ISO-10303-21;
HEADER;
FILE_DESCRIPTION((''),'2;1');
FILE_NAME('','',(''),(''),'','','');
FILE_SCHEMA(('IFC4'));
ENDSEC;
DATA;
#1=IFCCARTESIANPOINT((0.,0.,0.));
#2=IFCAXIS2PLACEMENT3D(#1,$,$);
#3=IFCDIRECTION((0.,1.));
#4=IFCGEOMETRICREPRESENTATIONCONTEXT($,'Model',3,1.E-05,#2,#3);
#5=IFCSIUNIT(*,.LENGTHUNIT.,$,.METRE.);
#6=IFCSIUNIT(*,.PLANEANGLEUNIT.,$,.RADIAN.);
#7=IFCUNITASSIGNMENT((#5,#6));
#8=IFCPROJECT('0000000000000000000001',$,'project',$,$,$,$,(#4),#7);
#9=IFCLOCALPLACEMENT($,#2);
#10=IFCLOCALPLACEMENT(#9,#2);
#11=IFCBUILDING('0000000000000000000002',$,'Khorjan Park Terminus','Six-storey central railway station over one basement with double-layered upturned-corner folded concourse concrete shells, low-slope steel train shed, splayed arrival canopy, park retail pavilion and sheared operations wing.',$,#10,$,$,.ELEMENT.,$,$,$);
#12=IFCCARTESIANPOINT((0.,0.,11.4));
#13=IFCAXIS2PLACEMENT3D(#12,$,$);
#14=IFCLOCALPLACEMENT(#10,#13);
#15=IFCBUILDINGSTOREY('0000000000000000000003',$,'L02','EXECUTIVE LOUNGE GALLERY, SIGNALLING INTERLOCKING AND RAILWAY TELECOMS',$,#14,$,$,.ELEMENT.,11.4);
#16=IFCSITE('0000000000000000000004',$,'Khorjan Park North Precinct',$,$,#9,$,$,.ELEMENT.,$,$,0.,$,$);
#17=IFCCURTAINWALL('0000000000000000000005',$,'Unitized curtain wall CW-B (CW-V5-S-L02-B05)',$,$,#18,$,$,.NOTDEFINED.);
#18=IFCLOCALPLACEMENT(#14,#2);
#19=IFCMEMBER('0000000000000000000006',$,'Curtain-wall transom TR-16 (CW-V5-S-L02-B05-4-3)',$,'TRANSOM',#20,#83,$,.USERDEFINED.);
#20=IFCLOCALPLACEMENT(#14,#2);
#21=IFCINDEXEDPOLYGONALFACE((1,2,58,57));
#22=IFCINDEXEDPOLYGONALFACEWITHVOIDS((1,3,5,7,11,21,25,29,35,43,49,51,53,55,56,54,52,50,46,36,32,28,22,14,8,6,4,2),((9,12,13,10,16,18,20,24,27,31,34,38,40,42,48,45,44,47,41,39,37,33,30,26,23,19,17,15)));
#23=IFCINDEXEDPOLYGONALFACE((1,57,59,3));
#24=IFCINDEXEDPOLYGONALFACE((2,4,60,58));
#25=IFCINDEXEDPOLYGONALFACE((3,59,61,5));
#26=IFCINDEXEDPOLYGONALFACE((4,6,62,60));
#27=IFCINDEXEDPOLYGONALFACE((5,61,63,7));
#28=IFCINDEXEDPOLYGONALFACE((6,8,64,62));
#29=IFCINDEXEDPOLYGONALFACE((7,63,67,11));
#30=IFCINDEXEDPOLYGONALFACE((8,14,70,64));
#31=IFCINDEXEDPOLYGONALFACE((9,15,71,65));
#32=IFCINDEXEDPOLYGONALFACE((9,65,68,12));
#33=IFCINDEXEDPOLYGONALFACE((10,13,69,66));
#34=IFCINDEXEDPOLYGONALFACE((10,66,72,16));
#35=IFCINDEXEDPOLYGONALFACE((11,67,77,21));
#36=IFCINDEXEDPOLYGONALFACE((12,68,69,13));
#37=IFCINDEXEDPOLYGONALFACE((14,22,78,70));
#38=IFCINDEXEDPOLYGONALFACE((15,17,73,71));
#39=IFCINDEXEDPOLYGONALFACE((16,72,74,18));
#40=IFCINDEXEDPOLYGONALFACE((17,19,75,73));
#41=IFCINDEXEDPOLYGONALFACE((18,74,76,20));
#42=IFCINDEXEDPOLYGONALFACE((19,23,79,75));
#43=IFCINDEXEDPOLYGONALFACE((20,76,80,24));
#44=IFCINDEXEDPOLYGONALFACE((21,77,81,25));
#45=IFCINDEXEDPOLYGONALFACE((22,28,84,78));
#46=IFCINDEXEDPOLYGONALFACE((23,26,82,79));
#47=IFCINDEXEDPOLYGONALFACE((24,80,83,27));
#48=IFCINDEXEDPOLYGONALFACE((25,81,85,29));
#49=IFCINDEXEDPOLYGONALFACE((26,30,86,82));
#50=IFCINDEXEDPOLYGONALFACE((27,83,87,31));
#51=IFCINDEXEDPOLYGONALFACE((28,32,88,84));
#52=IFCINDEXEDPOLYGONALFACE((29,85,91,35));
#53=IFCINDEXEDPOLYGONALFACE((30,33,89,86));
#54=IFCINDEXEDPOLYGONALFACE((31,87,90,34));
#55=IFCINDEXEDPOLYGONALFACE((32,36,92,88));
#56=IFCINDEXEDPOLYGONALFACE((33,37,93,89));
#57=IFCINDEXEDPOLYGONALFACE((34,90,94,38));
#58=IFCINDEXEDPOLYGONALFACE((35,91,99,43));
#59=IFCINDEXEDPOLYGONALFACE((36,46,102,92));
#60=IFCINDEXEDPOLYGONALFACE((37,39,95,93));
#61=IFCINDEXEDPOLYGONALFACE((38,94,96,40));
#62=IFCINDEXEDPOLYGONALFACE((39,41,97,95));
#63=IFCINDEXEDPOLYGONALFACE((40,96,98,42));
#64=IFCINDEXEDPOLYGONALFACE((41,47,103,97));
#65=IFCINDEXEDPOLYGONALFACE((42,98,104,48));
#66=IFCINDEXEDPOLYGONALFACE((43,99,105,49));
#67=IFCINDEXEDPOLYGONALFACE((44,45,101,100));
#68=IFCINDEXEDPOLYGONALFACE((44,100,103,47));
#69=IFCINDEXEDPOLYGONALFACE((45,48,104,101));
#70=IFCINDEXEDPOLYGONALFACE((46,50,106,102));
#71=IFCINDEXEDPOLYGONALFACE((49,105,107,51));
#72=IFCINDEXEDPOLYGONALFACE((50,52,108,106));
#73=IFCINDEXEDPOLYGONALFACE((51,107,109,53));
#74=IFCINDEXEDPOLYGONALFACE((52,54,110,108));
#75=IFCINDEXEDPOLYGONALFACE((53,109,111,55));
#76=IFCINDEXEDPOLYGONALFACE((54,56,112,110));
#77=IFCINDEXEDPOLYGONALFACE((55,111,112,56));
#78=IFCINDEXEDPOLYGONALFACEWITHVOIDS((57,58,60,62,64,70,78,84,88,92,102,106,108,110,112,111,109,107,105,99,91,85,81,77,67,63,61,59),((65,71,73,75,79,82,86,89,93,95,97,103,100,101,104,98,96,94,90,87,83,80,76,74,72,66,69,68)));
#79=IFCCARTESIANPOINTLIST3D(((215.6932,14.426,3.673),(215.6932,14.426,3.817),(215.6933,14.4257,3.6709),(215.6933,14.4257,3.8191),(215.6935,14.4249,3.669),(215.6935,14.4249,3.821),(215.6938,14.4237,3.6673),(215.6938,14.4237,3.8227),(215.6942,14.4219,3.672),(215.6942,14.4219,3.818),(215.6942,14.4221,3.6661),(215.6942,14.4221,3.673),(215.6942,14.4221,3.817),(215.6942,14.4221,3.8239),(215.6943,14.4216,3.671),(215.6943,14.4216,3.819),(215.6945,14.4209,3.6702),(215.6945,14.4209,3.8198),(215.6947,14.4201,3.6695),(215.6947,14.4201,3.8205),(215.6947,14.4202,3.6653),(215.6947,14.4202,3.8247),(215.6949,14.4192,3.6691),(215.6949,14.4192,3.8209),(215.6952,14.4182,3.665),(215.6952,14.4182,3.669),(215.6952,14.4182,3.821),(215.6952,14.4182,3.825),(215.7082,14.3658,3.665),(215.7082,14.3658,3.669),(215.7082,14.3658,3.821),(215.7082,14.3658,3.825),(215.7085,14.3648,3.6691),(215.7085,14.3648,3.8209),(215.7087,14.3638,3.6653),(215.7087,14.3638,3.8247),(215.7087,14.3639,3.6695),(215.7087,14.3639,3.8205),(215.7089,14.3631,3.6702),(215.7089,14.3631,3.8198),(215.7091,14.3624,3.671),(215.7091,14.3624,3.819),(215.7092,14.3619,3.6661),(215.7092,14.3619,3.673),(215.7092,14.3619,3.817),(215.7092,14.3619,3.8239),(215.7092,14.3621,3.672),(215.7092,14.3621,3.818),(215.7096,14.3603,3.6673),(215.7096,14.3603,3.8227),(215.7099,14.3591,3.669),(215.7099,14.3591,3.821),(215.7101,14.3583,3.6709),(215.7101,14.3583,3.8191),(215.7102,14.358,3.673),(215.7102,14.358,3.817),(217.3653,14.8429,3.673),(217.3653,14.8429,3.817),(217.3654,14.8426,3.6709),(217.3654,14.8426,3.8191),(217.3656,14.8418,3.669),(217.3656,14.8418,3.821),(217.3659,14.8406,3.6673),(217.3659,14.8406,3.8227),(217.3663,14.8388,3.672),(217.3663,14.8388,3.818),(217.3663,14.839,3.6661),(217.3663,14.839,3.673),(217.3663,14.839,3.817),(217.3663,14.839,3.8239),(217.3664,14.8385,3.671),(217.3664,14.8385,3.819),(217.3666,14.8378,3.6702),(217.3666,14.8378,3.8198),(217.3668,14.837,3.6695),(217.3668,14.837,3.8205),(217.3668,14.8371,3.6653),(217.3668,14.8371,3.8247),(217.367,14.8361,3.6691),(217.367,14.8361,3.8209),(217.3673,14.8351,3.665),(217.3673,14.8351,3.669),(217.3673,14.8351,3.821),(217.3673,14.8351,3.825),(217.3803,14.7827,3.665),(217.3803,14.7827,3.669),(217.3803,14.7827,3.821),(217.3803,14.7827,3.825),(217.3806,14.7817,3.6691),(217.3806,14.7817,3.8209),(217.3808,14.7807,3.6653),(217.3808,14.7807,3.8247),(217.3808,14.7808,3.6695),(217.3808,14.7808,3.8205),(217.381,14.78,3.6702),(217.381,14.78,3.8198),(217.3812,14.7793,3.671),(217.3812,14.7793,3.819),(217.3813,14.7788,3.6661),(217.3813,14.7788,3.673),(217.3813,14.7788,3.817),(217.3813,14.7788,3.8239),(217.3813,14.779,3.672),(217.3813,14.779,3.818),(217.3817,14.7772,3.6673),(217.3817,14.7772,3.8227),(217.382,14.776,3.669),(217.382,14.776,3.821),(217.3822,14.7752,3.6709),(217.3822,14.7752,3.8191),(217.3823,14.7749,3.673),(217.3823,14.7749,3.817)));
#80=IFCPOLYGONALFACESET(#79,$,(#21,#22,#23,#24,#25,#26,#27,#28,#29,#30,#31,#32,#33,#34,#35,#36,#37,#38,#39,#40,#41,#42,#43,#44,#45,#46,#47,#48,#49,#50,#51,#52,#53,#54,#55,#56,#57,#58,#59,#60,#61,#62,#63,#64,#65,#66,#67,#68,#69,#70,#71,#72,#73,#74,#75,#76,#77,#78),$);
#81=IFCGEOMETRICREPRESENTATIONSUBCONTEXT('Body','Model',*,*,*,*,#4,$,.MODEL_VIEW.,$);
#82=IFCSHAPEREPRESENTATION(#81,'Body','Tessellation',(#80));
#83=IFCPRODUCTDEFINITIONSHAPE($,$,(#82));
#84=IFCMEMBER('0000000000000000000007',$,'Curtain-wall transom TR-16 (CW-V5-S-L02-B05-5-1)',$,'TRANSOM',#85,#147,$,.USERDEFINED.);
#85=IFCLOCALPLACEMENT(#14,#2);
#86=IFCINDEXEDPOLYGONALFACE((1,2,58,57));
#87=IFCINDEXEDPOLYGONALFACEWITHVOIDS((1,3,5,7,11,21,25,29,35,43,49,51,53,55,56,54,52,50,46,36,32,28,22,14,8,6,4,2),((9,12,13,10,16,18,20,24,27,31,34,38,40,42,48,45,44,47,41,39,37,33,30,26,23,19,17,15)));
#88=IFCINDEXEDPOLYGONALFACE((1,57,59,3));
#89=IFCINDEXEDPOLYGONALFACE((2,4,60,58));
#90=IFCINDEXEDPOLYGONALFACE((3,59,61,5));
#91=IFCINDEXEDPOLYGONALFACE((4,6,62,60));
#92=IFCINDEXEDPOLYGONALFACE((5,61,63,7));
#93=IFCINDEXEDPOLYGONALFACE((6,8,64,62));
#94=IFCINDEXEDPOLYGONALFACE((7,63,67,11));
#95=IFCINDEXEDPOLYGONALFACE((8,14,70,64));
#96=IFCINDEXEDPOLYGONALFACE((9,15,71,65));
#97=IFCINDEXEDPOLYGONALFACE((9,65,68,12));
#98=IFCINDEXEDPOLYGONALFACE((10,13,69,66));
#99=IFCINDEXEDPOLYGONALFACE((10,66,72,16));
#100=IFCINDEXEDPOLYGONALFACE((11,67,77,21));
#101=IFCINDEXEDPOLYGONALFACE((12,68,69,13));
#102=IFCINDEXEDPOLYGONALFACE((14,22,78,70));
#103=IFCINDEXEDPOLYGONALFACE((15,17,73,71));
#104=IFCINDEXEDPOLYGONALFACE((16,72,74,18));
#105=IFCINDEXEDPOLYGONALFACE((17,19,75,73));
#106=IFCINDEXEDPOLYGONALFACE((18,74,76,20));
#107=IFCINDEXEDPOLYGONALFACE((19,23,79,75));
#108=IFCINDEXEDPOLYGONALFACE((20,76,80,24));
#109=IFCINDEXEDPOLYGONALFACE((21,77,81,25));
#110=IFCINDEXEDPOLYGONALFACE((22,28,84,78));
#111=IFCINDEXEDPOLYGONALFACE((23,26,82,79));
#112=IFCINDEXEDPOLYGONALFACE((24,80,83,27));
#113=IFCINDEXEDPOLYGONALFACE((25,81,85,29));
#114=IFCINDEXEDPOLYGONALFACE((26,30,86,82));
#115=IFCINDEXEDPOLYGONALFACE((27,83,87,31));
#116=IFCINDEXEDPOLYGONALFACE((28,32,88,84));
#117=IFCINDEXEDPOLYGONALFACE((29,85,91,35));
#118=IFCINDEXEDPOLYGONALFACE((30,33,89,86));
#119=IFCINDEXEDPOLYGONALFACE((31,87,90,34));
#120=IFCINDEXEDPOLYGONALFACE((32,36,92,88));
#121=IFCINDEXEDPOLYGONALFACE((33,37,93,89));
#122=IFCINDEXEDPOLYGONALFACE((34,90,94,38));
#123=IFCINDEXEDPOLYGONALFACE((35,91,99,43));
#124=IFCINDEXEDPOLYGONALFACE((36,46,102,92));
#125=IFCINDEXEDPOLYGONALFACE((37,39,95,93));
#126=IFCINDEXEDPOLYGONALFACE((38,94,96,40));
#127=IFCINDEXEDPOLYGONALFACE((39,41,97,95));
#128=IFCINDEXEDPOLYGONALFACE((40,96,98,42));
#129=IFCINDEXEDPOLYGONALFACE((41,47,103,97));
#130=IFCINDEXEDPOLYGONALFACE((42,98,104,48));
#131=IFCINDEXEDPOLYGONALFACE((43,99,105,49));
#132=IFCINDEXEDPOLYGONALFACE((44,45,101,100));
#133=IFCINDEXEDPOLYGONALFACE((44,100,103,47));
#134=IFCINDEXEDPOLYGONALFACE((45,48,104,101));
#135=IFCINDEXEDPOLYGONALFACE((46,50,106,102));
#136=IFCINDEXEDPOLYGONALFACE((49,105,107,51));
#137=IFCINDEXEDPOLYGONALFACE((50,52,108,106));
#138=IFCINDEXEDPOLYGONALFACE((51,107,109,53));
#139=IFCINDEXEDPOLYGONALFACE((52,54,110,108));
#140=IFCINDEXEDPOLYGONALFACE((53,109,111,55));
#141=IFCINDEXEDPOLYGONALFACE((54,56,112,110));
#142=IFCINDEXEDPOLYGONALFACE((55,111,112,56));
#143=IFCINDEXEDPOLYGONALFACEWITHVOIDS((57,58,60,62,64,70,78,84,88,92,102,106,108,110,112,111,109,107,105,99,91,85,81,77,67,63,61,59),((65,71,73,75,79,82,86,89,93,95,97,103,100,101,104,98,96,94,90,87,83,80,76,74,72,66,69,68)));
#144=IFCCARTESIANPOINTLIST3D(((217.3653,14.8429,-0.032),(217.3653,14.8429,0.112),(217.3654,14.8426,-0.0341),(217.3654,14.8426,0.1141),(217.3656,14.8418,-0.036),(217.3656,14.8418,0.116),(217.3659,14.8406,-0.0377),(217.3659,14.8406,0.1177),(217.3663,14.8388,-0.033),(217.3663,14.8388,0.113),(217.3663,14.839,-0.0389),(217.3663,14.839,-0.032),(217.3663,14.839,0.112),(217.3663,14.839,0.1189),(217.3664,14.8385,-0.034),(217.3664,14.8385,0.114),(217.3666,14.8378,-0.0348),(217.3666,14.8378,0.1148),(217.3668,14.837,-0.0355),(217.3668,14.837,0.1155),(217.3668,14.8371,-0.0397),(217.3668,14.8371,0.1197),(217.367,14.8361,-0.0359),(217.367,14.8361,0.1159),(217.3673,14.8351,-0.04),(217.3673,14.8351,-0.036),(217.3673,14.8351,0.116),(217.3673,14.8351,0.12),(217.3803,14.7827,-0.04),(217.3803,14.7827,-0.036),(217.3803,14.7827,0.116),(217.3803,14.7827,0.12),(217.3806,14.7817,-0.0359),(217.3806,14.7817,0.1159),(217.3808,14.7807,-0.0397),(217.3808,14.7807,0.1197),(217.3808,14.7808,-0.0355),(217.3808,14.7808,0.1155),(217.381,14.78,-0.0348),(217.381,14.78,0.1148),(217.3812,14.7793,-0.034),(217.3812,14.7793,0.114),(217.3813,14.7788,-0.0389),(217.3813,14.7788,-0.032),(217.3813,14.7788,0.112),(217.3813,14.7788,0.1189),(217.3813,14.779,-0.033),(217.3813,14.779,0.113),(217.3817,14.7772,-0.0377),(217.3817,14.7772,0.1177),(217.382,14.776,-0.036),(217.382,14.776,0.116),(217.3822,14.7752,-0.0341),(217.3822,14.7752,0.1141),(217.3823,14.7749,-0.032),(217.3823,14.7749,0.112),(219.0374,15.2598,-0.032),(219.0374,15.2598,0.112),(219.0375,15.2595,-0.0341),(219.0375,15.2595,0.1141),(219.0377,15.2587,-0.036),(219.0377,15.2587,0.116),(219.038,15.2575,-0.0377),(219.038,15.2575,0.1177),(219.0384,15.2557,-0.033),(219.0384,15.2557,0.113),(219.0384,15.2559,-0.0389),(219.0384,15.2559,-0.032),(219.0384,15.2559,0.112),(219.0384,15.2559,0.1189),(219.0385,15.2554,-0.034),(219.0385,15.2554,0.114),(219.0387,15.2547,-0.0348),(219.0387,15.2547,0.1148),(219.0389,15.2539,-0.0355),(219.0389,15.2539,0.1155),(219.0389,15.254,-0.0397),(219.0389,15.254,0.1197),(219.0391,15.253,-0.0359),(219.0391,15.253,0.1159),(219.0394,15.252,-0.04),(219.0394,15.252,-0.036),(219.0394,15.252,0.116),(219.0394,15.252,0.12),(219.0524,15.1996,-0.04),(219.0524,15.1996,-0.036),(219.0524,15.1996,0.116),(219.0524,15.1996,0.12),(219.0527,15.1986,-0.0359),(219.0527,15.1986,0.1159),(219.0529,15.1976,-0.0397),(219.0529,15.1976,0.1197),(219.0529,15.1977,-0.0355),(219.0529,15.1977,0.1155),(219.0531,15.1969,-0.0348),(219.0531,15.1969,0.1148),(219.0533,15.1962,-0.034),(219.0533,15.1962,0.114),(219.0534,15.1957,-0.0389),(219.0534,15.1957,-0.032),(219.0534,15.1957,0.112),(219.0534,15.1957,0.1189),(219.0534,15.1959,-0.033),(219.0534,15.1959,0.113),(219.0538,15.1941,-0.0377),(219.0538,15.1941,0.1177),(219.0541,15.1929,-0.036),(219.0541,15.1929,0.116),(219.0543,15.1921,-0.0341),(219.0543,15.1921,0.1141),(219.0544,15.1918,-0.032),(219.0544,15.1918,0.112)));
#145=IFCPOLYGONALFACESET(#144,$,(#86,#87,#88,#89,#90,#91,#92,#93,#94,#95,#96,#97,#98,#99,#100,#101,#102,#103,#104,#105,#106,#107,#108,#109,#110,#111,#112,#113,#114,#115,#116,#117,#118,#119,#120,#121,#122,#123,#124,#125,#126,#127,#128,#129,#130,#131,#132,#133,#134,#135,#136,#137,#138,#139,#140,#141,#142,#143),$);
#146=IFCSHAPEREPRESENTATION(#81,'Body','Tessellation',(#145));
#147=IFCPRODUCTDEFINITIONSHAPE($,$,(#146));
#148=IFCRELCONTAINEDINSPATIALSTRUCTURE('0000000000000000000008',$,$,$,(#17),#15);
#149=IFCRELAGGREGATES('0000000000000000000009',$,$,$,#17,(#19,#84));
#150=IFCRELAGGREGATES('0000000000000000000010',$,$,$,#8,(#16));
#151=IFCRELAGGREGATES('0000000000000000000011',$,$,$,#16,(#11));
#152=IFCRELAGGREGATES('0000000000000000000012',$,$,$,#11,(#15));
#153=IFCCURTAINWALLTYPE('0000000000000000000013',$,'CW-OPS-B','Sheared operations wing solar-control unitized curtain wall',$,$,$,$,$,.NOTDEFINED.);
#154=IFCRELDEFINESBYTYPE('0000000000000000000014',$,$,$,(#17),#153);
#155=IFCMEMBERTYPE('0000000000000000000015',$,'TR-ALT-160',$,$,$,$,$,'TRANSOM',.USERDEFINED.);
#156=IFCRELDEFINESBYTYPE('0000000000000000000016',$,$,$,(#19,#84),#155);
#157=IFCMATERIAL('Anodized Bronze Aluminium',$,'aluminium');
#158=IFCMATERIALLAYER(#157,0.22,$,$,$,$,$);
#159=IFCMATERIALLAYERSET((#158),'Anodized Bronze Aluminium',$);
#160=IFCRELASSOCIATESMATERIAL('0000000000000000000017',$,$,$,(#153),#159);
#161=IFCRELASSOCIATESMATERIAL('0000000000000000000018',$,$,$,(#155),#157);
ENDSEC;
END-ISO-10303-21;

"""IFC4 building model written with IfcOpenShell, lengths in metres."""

from ifc_helpers import new_model, si_unit, direction, frame, origin, origin_2d, place, context, subcontext, project, spatial, hollow_rectangle, extrude, material, layer, layer_set, material_profile, profile_set, type_object, element, aggregate, save


model = new_model("IFC4")

# Units and contexts
model_context = context("Model", 3, precision=1e-05, world=origin(), true_north=direction((0.0, 1.0)))
body_context = subcontext(model_context, "Body", "Model", "MODEL_VIEW")
ifc_project = project(units=[si_unit("LENGTHUNIT", "METRE"), si_unit("PLANEANGLEUNIT", "RADIAN")], contexts=[model_context])

# Site, building, storey
site_placement = place(None, origin())
site = spatial("IfcSite", under=ifc_project, at=site_placement, Name="Khorjan Park North Precinct", CompositionType="ELEMENT", RefElevation=0.0)
building_placement = place(site_placement, origin())
building = spatial("IfcBuilding", under=site, at=building_placement, Name="Khorjan Park Terminus", Description="Six-storey central railway station over one basement with double-layered upturned-corner folded concourse concrete shells, low-slope steel train shed, splayed arrival canopy, park retail pavilion and sheared operations wing.", CompositionType="ELEMENT")
storey_placement = place(building_placement, frame((0.0, 0.0, 11.4)))
storey = spatial("IfcBuildingStorey", under=building, at=storey_placement, Name="L02", Description="EXECUTIVE LOUNGE GALLERY, SIGNALLING INTERLOCKING AND RAILWAY TELECOMS", CompositionType="ELEMENT", Elevation=11.4)

# Curtain wall, members
ifc_material_1 = material(Name="Anodized Bronze Aluminium", Category="aluminium")
ifc_layer_1 = layer(ifc_material_1, 0.22)
ifc_layer_set_1 = layer_set([ifc_layer_1], Name="Anodized Bronze Aluminium")
curtain_wall_type = type_object("IfcCurtainWallType", Name="CW-OPS-B", Description="Sheared operations wing solar-control unitized curtain wall", PredefinedType="NOTDEFINED", material=ifc_layer_set_1)
curtain_wall_placement = place(storey_placement, origin())
curtain_wall = element("IfcCurtainWall", 1, at=curtain_wall_placement, inside=storey, type_object=curtain_wall_type, Name="Unitized curtain wall CW-B (CW-V5-S-L02-B05)", PredefinedType="NOTDEFINED")
ifc_material_profile_1 = material_profile(ifc_material_1, hollow_rectangle(XDim=0.07, YDim=0.16, WallThickness=0.004, InnerFilletRadius=0.004, OuterFilletRadius=0.008, at=origin_2d()), Name="ALT 70x160x4")
ifc_profile_set_1 = profile_set([ifc_material_profile_1], Name="Anodized Bronze Aluminium")
member_type_1 = type_object("IfcMemberType", Name="TR-ALT-160", ElementType="TRANSOM", PredefinedType="USERDEFINED", material=ifc_profile_set_1)
member_1_placement = place(storey_placement, frame((215.7017, 14.392, 3.745), z_axis=(0.970296, 0.241921, 0.0), x_axis=(-0.241921, 0.970296, 0.0)))
member_1 = element("IfcMember", 2, at=member_1_placement, type_object=member_type_1, Name="Curtain-wall transom TR-16 (CW-V5-S-L02-B05-4-3)", ObjectType="TRANSOM", PredefinedType="USERDEFINED", context=body_context, shape_type="SweptSolid", body=[
    extrude(hollow_rectangle(XDim=0.07, YDim=0.16, WallThickness=0.004, InnerFilletRadius=0.004, OuterFilletRadius=0.008, at=origin_2d()), origin(), (0.0, 0.0, 1.0), 1.7233),
])
member_2_placement = place(storey_placement, frame((217.3738, 14.8089, 0.04), z_axis=(0.970296, 0.241921, 0.0), x_axis=(-0.241921, 0.970296, 0.0)))
member_2 = element("IfcMember", 3, at=member_2_placement, type_object=member_type_1, Name="Curtain-wall transom TR-16 (CW-V5-S-L02-B05-5-1)", ObjectType="TRANSOM", PredefinedType="USERDEFINED", context=body_context, shape_type="SweptSolid", body=[
    extrude(hollow_rectangle(XDim=0.07, YDim=0.16, WallThickness=0.004, InnerFilletRadius=0.004, OuterFilletRadius=0.008, at=origin_2d()), origin(), (0.0, 0.0, 1.0), 1.7233),
])
aggregate(curtain_wall, [member_1, member_2])

save(model, "model.ifc")
